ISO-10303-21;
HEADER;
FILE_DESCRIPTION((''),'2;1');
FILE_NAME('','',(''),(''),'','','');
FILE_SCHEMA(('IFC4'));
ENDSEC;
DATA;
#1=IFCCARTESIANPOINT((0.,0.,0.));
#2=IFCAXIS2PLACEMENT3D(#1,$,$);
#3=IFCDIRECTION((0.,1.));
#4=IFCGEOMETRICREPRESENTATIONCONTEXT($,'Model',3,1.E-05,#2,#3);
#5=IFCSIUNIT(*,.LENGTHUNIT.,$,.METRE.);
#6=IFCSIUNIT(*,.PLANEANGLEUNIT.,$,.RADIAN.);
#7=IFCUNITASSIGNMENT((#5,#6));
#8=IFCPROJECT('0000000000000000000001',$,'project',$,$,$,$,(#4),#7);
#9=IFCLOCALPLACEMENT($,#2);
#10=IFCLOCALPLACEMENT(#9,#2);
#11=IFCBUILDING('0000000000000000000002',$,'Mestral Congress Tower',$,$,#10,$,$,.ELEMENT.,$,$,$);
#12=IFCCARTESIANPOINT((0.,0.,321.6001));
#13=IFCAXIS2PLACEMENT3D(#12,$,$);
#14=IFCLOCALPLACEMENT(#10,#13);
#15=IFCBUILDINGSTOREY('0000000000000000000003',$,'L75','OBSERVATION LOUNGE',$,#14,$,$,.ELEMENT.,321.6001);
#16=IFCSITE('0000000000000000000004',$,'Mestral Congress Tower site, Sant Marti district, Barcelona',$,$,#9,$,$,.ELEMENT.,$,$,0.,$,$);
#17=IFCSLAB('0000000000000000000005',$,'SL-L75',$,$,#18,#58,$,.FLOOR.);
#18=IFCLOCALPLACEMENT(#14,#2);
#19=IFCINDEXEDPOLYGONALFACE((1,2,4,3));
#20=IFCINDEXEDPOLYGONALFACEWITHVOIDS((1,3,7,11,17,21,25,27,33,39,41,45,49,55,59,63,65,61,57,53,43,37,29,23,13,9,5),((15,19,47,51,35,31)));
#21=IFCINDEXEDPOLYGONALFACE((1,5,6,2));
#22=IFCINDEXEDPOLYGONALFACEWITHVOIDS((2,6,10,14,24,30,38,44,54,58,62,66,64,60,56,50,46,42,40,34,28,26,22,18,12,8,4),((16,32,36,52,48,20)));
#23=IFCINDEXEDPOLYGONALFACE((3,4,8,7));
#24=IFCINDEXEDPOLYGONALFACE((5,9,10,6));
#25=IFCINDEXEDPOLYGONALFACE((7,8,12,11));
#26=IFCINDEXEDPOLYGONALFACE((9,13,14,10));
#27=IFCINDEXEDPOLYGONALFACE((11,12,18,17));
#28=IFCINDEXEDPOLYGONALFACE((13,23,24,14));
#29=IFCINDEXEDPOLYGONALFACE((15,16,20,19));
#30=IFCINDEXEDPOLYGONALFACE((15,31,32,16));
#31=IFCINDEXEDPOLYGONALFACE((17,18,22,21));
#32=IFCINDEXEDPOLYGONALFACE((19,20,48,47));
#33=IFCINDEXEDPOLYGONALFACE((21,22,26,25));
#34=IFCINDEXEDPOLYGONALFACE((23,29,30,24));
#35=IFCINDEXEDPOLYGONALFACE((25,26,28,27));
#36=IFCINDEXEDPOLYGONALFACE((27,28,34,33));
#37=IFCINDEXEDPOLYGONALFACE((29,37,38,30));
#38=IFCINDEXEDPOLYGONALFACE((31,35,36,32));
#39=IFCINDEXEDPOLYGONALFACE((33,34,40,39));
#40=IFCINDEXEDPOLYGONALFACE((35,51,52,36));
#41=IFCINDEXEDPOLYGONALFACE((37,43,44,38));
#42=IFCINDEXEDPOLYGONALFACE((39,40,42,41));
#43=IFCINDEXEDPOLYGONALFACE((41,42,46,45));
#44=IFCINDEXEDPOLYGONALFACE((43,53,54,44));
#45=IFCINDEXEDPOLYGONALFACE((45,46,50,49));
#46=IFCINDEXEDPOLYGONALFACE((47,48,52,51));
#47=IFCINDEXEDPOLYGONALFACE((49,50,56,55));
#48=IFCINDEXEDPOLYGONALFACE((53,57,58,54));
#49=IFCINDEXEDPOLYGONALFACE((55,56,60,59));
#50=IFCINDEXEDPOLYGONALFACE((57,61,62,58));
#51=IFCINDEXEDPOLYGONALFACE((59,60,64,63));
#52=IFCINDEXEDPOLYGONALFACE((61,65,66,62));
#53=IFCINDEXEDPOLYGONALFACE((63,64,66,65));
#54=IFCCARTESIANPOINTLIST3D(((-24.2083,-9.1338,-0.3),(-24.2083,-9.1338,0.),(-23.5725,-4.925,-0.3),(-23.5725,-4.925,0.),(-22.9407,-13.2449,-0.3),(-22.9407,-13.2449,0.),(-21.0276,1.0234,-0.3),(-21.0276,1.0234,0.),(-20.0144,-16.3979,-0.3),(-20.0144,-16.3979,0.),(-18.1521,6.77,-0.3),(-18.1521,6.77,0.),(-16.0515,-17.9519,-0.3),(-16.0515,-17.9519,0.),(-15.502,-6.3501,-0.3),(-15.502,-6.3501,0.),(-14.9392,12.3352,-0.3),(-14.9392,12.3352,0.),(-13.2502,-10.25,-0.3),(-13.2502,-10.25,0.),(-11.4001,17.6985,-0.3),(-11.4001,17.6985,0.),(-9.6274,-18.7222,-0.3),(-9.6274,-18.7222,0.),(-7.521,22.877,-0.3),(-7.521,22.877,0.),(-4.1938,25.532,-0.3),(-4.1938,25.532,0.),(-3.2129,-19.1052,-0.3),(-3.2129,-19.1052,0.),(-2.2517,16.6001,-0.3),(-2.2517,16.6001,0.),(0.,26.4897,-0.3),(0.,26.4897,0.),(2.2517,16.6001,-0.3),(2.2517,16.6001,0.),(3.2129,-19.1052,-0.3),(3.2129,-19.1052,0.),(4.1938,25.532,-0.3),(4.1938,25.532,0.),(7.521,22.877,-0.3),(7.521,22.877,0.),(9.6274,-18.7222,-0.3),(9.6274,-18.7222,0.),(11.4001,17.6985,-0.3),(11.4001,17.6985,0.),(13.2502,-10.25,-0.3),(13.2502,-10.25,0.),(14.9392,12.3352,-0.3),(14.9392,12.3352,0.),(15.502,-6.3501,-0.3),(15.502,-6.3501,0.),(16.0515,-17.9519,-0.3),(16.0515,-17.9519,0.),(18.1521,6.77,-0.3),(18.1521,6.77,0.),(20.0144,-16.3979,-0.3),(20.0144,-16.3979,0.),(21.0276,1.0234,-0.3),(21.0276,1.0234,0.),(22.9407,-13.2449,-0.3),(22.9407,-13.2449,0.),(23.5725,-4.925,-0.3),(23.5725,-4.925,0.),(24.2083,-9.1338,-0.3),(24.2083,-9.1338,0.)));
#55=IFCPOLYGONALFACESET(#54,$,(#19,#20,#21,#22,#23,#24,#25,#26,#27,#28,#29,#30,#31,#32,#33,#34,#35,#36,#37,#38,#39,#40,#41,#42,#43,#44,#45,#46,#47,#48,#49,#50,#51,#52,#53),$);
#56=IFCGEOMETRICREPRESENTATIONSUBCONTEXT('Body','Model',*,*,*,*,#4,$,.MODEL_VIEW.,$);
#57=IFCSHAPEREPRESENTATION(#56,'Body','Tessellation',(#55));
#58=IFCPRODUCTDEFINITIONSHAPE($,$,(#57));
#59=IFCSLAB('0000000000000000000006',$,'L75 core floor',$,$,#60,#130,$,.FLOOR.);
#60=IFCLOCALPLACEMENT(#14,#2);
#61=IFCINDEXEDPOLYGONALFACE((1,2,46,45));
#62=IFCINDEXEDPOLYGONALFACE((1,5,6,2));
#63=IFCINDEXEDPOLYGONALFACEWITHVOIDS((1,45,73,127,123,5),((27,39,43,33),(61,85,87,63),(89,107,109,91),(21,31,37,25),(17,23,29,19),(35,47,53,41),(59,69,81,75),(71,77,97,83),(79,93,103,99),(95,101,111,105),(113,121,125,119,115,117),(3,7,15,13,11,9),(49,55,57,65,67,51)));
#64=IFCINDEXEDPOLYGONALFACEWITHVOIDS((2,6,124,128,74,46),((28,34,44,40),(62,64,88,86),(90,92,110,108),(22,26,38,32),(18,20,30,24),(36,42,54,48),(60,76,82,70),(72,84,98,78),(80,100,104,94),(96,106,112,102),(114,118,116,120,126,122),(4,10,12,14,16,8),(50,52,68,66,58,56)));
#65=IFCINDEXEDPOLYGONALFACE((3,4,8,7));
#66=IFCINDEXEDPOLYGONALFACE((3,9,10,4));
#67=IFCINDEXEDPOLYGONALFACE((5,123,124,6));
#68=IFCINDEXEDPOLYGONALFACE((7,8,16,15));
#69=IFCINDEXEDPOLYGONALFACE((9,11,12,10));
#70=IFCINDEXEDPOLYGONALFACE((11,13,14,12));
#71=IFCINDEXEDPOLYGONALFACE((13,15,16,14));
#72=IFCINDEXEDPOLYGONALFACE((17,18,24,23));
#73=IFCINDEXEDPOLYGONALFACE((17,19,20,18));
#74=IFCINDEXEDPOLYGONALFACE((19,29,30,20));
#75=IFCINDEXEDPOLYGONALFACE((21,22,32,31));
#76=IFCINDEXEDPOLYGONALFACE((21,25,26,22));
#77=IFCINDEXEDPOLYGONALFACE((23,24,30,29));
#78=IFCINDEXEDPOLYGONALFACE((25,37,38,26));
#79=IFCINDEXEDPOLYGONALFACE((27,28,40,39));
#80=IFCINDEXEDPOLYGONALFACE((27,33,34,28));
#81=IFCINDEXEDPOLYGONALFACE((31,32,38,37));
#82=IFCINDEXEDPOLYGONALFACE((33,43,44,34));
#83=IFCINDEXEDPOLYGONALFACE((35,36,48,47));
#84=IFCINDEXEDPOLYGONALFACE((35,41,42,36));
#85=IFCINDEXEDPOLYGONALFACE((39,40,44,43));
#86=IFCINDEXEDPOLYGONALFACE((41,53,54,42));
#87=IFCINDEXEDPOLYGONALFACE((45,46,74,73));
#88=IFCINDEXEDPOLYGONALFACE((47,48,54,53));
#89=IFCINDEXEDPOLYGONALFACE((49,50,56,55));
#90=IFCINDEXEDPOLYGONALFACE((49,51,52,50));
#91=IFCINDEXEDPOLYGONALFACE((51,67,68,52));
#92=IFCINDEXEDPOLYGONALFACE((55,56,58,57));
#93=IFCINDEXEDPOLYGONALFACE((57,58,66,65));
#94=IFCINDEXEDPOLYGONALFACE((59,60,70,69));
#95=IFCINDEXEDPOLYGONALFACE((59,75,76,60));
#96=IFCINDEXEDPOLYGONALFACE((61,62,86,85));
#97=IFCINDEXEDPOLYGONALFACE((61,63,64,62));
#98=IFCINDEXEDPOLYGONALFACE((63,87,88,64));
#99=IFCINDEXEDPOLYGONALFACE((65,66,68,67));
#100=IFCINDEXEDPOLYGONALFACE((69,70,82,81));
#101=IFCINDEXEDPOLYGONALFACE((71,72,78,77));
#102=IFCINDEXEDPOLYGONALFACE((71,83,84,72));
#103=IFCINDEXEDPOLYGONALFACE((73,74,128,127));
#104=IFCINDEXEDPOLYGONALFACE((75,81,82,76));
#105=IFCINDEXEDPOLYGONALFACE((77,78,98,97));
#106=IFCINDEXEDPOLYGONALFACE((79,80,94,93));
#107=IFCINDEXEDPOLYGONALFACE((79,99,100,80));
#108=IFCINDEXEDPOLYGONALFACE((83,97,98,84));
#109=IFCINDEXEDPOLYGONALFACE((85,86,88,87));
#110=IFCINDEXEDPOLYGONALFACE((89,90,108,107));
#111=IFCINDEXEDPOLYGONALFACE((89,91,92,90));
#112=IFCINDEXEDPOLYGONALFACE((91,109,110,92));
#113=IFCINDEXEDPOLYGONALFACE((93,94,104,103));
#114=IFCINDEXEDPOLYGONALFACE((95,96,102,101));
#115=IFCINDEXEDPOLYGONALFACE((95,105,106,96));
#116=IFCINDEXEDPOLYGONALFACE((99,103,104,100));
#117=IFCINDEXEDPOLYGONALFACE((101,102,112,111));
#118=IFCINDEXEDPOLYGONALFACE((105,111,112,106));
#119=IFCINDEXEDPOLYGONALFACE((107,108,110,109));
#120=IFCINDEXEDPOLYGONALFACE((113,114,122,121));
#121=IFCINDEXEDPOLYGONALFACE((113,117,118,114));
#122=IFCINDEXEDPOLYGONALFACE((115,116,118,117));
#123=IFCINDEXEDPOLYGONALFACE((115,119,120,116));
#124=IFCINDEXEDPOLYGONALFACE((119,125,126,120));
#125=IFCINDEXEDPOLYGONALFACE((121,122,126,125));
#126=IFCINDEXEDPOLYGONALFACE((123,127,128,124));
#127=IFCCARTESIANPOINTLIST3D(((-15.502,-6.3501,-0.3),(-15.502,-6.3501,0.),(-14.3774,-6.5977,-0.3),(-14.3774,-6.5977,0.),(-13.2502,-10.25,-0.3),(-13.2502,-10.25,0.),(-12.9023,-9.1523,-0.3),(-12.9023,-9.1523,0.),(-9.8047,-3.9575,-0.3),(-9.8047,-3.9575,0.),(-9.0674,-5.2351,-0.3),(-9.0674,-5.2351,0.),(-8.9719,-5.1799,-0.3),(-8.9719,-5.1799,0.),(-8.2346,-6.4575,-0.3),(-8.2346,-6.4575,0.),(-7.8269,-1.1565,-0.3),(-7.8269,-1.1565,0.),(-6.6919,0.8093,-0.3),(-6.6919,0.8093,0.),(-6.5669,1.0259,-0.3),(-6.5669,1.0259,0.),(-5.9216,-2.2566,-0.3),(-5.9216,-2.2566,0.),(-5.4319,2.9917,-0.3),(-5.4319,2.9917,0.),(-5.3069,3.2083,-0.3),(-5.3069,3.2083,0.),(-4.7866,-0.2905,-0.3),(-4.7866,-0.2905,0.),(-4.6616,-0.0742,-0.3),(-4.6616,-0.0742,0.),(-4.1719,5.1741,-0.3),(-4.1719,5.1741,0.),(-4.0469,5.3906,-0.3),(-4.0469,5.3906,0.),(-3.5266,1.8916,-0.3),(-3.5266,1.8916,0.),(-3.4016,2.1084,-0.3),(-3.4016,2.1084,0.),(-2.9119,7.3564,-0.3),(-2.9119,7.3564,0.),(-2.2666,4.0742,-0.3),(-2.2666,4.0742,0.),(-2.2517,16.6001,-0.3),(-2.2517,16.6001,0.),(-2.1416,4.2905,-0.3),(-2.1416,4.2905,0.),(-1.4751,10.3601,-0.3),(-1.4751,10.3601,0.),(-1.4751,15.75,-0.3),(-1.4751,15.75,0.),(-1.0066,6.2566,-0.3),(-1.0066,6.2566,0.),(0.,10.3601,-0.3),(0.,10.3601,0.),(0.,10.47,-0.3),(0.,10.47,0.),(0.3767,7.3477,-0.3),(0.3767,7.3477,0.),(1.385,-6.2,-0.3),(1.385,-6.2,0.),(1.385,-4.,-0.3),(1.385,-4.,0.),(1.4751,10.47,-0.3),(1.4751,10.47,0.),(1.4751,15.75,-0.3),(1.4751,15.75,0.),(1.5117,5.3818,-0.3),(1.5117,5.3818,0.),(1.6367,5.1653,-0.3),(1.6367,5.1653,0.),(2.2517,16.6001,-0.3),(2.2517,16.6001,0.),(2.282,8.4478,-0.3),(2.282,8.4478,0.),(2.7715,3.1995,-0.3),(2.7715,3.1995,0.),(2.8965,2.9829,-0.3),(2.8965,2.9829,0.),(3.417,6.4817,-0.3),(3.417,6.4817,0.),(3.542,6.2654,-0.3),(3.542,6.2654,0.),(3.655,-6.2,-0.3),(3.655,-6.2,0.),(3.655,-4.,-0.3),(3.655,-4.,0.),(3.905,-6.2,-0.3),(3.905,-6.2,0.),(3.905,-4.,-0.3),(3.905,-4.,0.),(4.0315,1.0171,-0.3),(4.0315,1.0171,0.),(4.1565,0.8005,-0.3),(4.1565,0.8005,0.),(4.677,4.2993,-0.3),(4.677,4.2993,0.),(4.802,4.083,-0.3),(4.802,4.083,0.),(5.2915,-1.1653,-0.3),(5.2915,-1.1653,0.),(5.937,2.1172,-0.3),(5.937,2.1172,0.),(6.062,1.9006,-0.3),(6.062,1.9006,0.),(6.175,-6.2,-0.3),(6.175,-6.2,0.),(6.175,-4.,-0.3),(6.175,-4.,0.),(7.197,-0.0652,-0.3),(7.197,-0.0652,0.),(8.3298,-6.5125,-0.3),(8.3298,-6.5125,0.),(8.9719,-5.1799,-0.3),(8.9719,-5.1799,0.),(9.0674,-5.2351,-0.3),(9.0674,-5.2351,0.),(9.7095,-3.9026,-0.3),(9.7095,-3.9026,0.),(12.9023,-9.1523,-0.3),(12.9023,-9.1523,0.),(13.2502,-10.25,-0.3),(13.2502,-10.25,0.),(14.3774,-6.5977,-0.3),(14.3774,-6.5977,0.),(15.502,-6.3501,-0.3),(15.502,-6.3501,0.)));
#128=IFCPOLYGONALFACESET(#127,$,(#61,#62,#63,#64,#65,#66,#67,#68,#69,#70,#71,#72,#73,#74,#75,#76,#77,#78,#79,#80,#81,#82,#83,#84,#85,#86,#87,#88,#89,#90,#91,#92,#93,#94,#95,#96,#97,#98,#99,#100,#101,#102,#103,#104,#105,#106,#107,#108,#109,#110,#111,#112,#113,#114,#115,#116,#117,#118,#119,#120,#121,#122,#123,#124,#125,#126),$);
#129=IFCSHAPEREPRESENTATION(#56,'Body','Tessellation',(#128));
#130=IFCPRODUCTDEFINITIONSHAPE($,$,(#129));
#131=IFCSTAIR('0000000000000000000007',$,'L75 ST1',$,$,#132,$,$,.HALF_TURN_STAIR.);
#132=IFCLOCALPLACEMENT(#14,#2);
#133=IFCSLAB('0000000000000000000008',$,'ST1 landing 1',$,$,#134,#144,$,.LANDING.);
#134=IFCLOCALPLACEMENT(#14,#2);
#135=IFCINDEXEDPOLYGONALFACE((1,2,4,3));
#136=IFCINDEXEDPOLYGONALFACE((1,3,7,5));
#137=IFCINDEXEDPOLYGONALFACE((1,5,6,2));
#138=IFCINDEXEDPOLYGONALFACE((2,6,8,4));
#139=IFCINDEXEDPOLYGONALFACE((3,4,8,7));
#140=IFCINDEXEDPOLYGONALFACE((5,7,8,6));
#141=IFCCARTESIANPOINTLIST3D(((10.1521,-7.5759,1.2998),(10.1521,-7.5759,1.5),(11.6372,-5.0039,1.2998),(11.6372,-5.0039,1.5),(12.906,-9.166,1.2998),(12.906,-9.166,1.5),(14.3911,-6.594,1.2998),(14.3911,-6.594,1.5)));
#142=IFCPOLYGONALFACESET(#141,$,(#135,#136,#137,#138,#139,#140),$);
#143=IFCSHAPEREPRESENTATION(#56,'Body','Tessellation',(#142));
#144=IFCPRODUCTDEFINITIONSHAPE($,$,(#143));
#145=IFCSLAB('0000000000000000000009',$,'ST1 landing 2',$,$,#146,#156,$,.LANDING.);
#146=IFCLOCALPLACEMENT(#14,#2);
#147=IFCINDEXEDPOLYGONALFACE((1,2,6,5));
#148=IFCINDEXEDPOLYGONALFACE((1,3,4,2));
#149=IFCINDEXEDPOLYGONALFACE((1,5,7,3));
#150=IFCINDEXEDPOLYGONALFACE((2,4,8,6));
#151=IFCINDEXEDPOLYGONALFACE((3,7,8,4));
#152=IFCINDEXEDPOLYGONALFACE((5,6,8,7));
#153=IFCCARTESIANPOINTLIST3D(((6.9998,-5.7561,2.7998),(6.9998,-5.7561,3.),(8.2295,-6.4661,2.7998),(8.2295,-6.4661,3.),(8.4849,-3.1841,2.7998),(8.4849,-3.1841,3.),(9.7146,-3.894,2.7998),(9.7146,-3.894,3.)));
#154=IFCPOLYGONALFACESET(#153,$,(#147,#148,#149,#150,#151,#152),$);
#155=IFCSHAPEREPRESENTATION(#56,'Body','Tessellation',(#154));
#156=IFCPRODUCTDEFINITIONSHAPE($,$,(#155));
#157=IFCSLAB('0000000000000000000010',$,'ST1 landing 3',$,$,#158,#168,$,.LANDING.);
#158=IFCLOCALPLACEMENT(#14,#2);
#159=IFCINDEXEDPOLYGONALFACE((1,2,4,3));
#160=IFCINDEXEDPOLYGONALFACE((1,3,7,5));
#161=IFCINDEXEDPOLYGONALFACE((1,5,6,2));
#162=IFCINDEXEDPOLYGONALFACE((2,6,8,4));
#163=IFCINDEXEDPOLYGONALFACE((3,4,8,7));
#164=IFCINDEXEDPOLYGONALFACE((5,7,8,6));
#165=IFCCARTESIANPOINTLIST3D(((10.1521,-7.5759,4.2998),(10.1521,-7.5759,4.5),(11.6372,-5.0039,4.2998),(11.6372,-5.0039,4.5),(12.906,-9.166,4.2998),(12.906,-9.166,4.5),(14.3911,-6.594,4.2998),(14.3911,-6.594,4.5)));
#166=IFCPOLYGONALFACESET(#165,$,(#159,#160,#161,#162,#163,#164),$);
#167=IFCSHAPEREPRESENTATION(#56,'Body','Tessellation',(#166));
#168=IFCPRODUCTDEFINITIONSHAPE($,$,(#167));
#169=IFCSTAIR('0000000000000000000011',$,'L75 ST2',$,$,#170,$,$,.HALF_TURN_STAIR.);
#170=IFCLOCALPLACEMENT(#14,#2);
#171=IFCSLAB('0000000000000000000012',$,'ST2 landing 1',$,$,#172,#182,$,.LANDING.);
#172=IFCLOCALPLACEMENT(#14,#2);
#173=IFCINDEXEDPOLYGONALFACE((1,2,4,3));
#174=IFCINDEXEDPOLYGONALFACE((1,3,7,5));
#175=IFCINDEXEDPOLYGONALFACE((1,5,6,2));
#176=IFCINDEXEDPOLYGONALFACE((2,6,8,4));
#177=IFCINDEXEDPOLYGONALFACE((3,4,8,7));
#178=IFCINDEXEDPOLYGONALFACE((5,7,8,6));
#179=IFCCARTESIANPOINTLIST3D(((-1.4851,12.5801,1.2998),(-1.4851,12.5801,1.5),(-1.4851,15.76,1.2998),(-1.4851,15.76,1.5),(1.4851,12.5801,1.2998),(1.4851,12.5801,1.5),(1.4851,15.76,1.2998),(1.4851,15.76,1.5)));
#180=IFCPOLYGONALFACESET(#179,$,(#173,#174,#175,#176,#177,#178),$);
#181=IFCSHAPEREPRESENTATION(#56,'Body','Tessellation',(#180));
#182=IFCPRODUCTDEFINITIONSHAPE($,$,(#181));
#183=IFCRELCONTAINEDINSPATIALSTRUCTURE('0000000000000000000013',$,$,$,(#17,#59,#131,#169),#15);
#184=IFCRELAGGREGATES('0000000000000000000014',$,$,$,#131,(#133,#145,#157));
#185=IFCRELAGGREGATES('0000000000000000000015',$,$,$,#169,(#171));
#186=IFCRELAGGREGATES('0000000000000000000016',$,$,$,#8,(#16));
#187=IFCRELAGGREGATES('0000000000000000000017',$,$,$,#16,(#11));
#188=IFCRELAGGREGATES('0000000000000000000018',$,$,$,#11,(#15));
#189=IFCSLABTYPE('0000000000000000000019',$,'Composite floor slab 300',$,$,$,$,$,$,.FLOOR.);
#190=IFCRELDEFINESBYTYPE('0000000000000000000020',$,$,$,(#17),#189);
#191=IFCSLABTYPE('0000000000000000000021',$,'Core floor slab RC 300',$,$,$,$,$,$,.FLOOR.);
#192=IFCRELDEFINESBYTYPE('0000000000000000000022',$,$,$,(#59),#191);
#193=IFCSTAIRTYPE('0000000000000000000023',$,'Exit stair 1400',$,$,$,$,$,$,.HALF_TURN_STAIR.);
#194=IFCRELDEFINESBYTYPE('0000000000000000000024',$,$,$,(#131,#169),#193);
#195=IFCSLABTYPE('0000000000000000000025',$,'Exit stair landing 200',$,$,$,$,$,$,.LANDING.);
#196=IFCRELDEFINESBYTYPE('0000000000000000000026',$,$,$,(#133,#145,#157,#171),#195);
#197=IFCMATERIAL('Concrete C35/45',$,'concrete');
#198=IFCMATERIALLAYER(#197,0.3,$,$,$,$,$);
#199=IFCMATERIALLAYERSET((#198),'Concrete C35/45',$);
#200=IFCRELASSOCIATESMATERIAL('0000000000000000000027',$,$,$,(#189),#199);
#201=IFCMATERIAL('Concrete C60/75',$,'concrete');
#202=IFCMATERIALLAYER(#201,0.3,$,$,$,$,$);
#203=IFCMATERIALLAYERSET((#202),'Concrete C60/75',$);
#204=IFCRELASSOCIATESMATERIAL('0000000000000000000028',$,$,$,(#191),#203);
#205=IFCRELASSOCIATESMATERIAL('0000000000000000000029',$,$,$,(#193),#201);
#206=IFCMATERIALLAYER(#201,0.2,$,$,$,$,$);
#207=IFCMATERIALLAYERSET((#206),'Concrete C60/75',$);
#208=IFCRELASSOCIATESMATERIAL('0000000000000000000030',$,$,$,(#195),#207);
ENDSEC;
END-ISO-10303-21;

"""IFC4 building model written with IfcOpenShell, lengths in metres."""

from ifc_helpers import new_model, si_unit, direction, frame, origin, place, context, subcontext, project, spatial, polyline, outline, extrude, material, layer, layer_set, type_object, element, aggregate, save


model = new_model("IFC4")

# Units and contexts
model_context = context("Model", 3, precision=1e-05, world=origin(), true_north=direction((0.0, 1.0)))
body_context = subcontext(model_context, "Body", "Model", "MODEL_VIEW")
ifc_project = project(units=[si_unit("LENGTHUNIT", "METRE"), si_unit("PLANEANGLEUNIT", "RADIAN")], contexts=[model_context])

# Site, building, storey
site_placement = place(None, origin())
site = spatial("IfcSite", under=ifc_project, at=site_placement, Name="Mestral Congress Tower site, Sant Marti district, Barcelona", CompositionType="ELEMENT", RefElevation=0.0)
building_placement = place(site_placement, origin())
building = spatial("IfcBuilding", under=site, at=building_placement, Name="Mestral Congress Tower", CompositionType="ELEMENT")
storey_placement = place(building_placement, frame((0.0, 0.0, 321.6001)))
storey = spatial("IfcBuildingStorey", under=building, at=storey_placement, Name="L75", Description="OBSERVATION LOUNGE", CompositionType="ELEMENT", Elevation=321.6001)

# Slabs
ifc_material_1 = material(Name="Concrete C35/45", Category="concrete")
ifc_layer_1 = layer(ifc_material_1, 0.3)
ifc_layer_set_1 = layer_set([ifc_layer_1], Name="Concrete C35/45")
slab_type_1 = type_object("IfcSlabType", Name="Composite floor slab 300", PredefinedType="FLOOR", material=ifc_layer_set_1)
placement_1 = place(storey_placement, frame((0.0, 0.0, -0.3)))
element("IfcSlab", 1, at=placement_1, inside=storey, type_object=slab_type_1, Name="SL-L75", PredefinedType="FLOOR", context=body_context, shape_type="SweptSolid", body=[
    extrude(outline(polyline([(-16.0515, -17.9519), (-20.0144, -16.3979), (-22.9407, -13.2449), (-24.2083, -9.1338), (-23.5725, -4.925), (-21.0276, 1.0234), (-18.1521, 6.77), (-14.9392, 12.3352), (-11.4001, 17.6985), (-7.521, 22.877), (-4.1938, 25.532), (0.0, 26.4897), (4.1938, 25.532), (7.521, 22.877), (11.4001, 17.6985), (14.9392, 12.3352), (18.1521, 6.77), (21.0276, 1.0234), (23.5725, -4.925), (24.2083, -9.1338), (22.9407, -13.2449), (20.0144, -16.3979), (16.0515, -17.9519), (9.6274, -18.7222), (3.2129, -19.1052), (-3.2129, -19.1052), (-9.6274, -18.7222), (-16.0515, -17.9519)]), holes=[polyline([(-2.2517, 16.6001), (-15.502, -6.3501), (-13.2502, -10.25), (13.2502, -10.25), (15.502, -6.3501), (2.2517, 16.6001), (-2.2517, 16.6001)])]), origin(), (0.0, 0.0, 1.0), 0.3),
])
ifc_material_2 = material(Name="Concrete C60/75", Category="concrete")
ifc_layer_2 = layer(ifc_material_2, 0.3)
ifc_layer_set_2 = layer_set([ifc_layer_2], Name="Concrete C60/75")
slab_type_2 = type_object("IfcSlabType", Name="Core floor slab RC 300", PredefinedType="FLOOR", material=ifc_layer_set_2)
element("IfcSlab", 2, at=placement_1, inside=storey, type_object=slab_type_2, Name="L75 core floor", PredefinedType="FLOOR", context=body_context, shape_type="SweptSolid", body=[
    extrude(outline(polyline([(13.2502, -10.25), (-13.2502, -10.25), (-15.502, -6.3501), (-2.2517, 16.6001), (2.2517, 16.6001), (15.502, -6.3501), (13.2502, -10.25)]), holes=[polyline([(-14.3774, -6.5977), (-12.9023, -9.1523), (-8.2346, -6.4575), (-8.9719, -5.1799), (-9.0674, -5.2351), (-9.8047, -3.9575), (-14.3774, -6.5977)]), polyline([(-5.9216, -2.2566), (-4.7866, -0.2905), (-6.6919, 0.8093), (-7.8269, -1.1565), (-5.9216, -2.2566)]), polyline([(-4.6616, -0.0742), (-3.5266, 1.8916), (-5.4319, 2.9917), (-6.5669, 1.0259), (-4.6616, -0.0742)]), polyline([(-2.2666, 4.0742), (-4.1719, 5.1741), (-5.3069, 3.2083), (-3.4016, 2.1084), (-2.2666, 4.0742)]), polyline([(-2.1416, 4.2905), (-1.0066, 6.2566), (-2.9119, 7.3564), (-4.0469, 5.3906), (-2.1416, 4.2905)]), polyline([(0.3767, 7.3477), (1.5117, 5.3818), (3.417, 6.4817), (2.282, 8.4478), (0.3767, 7.3477)]), polyline([(1.4751, 15.75), (-1.4751, 15.75), (-1.4751, 10.3601), (0.0, 10.3601), (0.0, 10.47), (1.4751, 10.47), (1.4751, 15.75)]), polyline([(8.3298, -6.5125), (12.9023, -9.1523), (14.3774, -6.5977), (9.7095, -3.9026), (8.9719, -5.1799), (9.0674, -5.2351), (8.3298, -6.5125)]), polyline([(3.655, -4.0), (1.385, -4.0), (1.385, -6.2), (3.655, -6.2), (3.655, -4.0)]), polyline([(6.175, -4.0), (3.905, -4.0), (3.905, -6.2), (6.175, -6.2), (6.175, -4.0)]), polyline([(4.1565, 0.8005), (5.2915, -1.1653), (7.197, -0.0652), (6.062, 1.9006), (4.1565, 0.8005)]), polyline([(2.8965, 2.9829), (4.0315, 1.0171), (5.937, 2.1172), (4.802, 4.083), (2.8965, 2.9829)]), polyline([(1.6367, 5.1653), (2.7715, 3.1995), (4.677, 4.2993), (3.542, 6.2654), (1.6367, 5.1653)])]), origin(), (0.0, 0.0, 1.0), 0.3),
])

# Stairs, slabs
stair_type = type_object("IfcStairType", Name="Exit stair 1400", PredefinedType="HALF_TURN_STAIR", material=ifc_material_2)
placement_2 = place(storey_placement, origin())
stair_1 = element("IfcStair", 3, at=placement_2, inside=storey, type_object=stair_type, Name="L75 ST1", PredefinedType="HALF_TURN_STAIR")
ifc_layer_3 = layer(ifc_material_2, 0.2)
ifc_layer_set_3 = layer_set([ifc_layer_3], Name="Concrete C60/75")
slab_type_3 = type_object("IfcSlabType", Name="Exit stair landing 200", PredefinedType="LANDING", material=ifc_layer_set_3)
placement_3 = place(storey_placement, frame((0.0, 0.0, 1.2998)))
slab_1 = element("IfcSlab", 4, at=placement_3, type_object=slab_type_3, Name="ST1 landing 1", PredefinedType="LANDING", context=body_context, shape_type="SweptSolid", body=[
    extrude(outline(polyline([(10.1521, -7.5759), (11.6372, -5.0039), (14.3911, -6.594), (12.906, -9.166), (10.1521, -7.5759)])), origin(), (0.0, 0.0, 1.0), 0.2002),
])
placement_4 = place(storey_placement, frame((0.0, 0.0, 2.7998)))
slab_2 = element("IfcSlab", 5, at=placement_4, type_object=slab_type_3, Name="ST1 landing 2", PredefinedType="LANDING", context=body_context, shape_type="SweptSolid", body=[
    extrude(outline(polyline([(6.9998, -5.7561), (8.4849, -3.1841), (9.7146, -3.894), (8.2295, -6.4661), (6.9998, -5.7561)])), origin(), (0.0, 0.0, 1.0), 0.2002),
])
placement_5 = place(storey_placement, frame((0.0, 0.0, 4.2998)))
slab_3 = element("IfcSlab", 6, at=placement_5, type_object=slab_type_3, Name="ST1 landing 3", PredefinedType="LANDING", context=body_context, shape_type="SweptSolid", body=[
    extrude(outline(polyline([(10.1521, -7.5759), (11.6372, -5.0039), (14.3911, -6.594), (12.906, -9.166), (10.1521, -7.5759)])), origin(), (0.0, 0.0, 1.0), 0.2002),
])
aggregate(stair_1, [slab_1, slab_2, slab_3])
stair_2 = element("IfcStair", 7, at=placement_2, inside=storey, type_object=stair_type, Name="L75 ST2", PredefinedType="HALF_TURN_STAIR")
slab_4 = element("IfcSlab", 8, at=placement_3, type_object=slab_type_3, Name="ST2 landing 1", PredefinedType="LANDING", context=body_context, shape_type="SweptSolid", body=[
    extrude(outline(polyline([(1.4851, 12.5801), (-1.4851, 12.5801), (-1.4851, 15.76), (1.4851, 15.76), (1.4851, 12.5801)])), origin(), (0.0, 0.0, 1.0), 0.2002),
])
aggregate(stair_2, [slab_4])

save(model, "model.ifc")
